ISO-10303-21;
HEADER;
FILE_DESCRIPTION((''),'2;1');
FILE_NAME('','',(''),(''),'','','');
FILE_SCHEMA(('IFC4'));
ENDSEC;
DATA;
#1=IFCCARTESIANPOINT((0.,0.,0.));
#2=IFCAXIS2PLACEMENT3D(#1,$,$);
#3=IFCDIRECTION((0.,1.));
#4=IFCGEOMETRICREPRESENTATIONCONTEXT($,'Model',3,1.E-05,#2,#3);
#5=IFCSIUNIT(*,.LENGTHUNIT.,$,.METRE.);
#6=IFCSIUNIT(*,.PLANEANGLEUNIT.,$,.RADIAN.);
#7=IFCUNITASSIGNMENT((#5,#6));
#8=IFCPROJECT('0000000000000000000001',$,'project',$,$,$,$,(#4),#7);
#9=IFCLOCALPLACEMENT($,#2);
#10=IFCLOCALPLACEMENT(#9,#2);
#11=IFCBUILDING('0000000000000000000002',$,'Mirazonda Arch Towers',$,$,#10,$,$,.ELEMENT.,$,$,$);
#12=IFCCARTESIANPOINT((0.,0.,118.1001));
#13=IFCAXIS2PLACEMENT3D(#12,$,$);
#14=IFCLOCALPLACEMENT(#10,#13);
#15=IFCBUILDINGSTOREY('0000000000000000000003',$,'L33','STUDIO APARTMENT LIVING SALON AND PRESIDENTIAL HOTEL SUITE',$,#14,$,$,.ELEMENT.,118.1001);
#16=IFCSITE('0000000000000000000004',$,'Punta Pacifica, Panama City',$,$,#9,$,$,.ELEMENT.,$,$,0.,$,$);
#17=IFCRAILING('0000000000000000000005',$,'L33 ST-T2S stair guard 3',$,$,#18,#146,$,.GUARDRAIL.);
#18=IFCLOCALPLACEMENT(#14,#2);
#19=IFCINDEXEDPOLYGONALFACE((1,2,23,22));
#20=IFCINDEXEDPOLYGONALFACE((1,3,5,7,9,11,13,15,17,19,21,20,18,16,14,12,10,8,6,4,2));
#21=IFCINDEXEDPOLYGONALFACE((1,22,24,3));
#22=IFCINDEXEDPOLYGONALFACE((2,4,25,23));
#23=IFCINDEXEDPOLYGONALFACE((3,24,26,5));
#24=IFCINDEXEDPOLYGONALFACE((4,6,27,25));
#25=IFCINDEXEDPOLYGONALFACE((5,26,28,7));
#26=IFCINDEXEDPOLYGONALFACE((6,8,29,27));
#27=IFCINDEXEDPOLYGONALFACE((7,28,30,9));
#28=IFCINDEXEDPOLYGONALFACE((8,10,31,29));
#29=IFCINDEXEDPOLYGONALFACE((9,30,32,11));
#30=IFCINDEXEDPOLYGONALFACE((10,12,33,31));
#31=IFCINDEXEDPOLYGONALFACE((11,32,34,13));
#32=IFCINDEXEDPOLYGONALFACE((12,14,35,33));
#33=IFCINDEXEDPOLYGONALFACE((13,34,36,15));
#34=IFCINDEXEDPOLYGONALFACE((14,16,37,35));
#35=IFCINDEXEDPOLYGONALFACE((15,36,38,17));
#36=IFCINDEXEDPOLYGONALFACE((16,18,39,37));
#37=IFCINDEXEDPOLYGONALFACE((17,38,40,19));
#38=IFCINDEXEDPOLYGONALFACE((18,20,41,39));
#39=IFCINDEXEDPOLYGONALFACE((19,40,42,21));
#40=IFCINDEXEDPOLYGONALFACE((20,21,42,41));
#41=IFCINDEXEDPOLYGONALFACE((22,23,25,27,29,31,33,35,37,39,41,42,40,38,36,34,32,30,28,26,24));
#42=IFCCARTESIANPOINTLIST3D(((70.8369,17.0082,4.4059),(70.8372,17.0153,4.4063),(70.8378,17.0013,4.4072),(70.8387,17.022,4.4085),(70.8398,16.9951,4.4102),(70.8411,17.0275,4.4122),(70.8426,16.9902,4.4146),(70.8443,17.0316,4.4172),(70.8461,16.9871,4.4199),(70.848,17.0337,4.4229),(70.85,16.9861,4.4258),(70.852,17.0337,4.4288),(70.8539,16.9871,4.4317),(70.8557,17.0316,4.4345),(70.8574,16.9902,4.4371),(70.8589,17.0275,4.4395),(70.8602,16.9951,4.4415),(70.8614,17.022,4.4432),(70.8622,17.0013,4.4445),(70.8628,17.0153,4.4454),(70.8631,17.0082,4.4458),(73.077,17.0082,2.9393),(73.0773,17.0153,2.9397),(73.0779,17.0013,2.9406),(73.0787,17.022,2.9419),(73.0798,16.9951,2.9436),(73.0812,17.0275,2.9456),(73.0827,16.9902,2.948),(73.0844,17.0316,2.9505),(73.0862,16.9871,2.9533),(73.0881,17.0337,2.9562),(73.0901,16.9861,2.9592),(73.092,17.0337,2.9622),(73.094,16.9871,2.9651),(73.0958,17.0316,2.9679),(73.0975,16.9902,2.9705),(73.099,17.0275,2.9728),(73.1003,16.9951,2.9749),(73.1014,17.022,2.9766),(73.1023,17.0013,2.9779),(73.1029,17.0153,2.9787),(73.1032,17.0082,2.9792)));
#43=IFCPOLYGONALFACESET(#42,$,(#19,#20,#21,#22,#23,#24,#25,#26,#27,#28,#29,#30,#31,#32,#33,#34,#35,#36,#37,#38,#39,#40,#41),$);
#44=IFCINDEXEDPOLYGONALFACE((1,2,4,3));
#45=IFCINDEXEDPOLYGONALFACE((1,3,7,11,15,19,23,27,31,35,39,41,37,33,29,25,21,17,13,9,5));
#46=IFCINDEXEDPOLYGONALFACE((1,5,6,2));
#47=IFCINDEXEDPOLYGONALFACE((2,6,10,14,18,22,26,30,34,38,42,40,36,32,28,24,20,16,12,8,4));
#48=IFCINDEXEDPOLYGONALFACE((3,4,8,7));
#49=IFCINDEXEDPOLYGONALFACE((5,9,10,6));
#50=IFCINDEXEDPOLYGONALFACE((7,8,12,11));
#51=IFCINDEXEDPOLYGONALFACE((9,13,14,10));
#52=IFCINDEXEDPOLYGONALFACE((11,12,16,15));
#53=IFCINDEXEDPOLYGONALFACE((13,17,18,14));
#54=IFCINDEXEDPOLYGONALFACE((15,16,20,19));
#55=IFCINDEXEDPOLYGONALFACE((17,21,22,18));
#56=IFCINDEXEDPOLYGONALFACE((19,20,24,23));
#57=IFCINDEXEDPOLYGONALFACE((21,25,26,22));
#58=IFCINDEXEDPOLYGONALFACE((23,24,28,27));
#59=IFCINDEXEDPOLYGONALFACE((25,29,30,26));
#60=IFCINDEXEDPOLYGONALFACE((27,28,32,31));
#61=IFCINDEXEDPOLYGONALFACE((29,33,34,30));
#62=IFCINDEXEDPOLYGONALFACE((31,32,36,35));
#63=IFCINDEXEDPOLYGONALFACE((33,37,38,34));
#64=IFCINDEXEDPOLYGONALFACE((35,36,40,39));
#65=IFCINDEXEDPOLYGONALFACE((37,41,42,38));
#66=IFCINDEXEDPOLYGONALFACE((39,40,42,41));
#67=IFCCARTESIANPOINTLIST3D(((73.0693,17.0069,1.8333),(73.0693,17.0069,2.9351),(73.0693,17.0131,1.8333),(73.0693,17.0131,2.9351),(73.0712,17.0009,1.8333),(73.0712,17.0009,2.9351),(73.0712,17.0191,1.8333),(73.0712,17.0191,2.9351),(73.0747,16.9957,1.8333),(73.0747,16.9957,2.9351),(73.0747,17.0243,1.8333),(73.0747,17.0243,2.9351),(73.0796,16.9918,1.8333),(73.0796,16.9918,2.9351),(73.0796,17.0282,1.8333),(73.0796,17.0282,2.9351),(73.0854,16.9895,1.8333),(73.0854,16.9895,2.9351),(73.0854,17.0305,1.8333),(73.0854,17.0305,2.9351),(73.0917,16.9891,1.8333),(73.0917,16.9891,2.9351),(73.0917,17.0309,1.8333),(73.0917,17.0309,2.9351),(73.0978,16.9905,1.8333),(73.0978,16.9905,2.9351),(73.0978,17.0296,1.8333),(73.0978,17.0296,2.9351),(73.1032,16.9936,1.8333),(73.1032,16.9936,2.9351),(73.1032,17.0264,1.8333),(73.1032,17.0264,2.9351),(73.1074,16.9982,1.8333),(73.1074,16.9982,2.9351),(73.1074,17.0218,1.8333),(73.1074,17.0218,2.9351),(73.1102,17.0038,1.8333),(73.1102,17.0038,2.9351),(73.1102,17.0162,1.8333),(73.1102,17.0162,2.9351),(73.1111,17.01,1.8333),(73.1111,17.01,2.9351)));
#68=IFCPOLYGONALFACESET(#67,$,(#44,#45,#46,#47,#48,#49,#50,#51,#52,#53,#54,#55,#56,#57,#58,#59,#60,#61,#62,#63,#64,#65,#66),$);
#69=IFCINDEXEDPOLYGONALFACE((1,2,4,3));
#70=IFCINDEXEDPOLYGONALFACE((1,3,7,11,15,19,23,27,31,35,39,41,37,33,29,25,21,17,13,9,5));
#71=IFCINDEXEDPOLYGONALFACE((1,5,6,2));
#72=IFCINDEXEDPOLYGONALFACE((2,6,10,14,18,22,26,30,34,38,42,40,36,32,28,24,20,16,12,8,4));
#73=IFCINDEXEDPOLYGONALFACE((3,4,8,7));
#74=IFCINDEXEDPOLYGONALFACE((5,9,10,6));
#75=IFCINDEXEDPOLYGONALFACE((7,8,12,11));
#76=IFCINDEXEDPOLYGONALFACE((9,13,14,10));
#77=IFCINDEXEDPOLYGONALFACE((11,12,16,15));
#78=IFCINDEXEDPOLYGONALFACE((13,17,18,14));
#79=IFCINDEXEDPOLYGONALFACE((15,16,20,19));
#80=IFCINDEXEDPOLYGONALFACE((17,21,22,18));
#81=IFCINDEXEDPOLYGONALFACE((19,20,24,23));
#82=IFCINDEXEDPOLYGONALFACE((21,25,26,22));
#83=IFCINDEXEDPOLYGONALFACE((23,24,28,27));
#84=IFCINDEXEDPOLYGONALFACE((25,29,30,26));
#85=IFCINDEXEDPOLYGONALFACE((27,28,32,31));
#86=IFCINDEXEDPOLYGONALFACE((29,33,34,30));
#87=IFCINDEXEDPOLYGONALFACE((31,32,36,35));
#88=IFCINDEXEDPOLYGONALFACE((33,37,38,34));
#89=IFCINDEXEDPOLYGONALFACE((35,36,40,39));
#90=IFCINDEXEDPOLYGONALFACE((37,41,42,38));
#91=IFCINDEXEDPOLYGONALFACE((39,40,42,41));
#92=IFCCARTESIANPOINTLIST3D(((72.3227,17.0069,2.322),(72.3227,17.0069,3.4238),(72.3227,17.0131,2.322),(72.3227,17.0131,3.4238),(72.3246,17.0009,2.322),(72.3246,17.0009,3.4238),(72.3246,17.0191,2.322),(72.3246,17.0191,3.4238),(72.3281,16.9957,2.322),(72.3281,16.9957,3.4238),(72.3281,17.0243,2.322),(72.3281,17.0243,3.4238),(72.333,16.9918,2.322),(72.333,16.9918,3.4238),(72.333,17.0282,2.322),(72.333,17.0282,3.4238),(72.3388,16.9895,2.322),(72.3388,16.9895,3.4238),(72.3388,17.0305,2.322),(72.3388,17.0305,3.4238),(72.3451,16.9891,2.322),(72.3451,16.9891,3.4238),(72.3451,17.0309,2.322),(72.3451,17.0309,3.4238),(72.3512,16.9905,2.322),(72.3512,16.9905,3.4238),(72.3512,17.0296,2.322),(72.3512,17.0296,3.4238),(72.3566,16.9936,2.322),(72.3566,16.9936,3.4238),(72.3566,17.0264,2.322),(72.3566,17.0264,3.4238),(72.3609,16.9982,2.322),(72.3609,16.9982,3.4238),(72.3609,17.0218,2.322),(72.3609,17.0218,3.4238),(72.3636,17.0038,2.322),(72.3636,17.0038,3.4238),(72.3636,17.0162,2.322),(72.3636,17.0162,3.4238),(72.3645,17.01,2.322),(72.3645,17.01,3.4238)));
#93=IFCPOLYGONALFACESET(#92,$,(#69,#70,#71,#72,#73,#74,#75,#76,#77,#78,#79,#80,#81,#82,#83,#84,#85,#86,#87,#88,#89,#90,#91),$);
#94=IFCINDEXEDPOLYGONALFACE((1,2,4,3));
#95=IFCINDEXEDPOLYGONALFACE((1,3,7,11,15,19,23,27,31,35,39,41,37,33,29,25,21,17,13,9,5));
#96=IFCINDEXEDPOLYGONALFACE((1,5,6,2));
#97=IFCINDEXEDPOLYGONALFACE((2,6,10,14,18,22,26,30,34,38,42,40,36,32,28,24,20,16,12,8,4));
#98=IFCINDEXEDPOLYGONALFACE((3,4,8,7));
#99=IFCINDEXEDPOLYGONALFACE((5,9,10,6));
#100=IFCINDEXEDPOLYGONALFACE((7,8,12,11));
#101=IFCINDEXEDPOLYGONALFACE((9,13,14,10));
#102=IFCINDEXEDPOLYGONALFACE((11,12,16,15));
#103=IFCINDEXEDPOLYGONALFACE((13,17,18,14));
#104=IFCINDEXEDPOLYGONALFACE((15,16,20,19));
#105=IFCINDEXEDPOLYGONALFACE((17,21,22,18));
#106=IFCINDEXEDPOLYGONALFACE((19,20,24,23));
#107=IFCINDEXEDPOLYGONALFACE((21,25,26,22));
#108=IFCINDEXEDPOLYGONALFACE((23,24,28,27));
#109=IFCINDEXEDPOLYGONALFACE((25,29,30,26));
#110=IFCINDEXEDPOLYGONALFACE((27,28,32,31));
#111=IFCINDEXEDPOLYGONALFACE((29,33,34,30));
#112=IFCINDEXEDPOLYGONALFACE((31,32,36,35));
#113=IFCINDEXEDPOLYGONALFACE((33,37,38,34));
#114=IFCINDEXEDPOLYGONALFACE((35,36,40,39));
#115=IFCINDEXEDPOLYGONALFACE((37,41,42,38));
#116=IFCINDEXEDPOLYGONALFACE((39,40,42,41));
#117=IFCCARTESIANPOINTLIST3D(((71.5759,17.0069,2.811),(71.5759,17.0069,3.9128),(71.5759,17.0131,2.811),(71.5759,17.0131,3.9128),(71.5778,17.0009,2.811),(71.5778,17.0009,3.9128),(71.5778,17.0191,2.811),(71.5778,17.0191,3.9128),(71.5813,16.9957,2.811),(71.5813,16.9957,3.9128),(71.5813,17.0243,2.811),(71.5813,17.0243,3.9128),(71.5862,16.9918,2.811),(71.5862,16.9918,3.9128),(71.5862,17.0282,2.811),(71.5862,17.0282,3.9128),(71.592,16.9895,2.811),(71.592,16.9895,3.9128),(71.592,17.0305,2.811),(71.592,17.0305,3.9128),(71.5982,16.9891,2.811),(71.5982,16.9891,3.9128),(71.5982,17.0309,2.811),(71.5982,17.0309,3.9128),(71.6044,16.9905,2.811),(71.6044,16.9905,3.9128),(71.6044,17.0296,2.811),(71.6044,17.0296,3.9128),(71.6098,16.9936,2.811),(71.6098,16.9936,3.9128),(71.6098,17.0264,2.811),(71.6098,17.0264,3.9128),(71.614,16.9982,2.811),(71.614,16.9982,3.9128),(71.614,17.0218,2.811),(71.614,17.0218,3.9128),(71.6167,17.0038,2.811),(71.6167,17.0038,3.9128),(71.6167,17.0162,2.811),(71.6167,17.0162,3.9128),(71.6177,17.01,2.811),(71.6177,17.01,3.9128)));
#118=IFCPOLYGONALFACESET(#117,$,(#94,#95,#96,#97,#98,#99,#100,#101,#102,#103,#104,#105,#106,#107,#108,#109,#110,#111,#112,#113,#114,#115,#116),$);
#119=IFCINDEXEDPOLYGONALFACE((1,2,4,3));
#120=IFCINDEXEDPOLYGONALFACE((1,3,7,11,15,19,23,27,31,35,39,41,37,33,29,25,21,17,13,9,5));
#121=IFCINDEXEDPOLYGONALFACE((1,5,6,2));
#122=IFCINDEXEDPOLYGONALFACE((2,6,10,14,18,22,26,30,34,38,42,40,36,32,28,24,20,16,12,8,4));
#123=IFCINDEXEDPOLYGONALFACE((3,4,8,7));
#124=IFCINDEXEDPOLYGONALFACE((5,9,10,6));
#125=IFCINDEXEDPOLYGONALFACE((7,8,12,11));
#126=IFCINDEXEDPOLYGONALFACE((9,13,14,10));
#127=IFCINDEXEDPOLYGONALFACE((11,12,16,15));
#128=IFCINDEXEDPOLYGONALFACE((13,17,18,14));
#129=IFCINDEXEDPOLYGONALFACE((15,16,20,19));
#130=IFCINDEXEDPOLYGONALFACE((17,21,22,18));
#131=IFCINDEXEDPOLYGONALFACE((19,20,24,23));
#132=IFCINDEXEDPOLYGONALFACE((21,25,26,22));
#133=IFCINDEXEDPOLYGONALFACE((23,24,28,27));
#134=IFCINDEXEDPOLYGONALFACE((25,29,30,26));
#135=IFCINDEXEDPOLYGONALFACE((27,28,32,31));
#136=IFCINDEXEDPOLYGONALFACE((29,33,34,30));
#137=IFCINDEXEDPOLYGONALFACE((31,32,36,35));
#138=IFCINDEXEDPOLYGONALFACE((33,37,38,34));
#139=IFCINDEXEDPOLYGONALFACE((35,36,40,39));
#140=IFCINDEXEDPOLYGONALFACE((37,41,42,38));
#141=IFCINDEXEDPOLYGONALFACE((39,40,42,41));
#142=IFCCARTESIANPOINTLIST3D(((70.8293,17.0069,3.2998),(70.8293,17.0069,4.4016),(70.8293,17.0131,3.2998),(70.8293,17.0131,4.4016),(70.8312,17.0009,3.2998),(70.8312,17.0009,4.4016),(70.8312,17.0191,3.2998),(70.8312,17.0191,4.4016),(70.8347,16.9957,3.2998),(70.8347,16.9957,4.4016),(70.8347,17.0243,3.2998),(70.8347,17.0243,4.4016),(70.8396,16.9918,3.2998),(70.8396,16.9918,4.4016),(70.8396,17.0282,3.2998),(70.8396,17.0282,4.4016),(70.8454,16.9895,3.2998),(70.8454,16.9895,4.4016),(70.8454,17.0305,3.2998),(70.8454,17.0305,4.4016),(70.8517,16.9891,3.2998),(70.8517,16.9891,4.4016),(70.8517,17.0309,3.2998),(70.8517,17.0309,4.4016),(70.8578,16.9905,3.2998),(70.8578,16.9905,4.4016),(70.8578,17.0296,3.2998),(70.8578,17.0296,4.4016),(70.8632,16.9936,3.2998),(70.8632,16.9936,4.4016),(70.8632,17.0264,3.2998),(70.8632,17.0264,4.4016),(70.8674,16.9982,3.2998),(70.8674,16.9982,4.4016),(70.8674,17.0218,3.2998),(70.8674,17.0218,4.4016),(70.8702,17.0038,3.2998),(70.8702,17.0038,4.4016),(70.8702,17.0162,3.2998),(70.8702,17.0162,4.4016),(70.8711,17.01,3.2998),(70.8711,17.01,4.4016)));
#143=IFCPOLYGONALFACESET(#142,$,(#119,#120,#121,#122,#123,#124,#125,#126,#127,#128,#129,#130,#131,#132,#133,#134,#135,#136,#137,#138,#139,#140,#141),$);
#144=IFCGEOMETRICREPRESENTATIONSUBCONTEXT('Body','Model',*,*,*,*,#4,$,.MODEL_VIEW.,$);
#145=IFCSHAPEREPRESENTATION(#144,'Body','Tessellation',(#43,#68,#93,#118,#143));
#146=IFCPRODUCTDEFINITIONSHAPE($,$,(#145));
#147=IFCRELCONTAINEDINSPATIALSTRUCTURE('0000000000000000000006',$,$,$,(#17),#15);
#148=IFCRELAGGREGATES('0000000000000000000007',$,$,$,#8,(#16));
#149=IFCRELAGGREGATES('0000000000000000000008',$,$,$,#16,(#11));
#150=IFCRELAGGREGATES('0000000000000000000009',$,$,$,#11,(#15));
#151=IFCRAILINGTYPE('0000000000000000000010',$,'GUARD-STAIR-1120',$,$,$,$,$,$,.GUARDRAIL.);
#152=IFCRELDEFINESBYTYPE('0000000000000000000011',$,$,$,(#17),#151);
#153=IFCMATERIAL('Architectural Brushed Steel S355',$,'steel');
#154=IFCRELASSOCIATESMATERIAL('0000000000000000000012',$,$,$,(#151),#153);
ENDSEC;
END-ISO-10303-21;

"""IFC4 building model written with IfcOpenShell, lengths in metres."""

from ifc_helpers import new_model, si_unit, direction, frame, origin, origin_2d, place, context, subcontext, project, spatial, circle, extrude, material, type_object, element, save


model = new_model("IFC4")

# Units and contexts
model_context = context("Model", 3, precision=1e-05, world=origin(), true_north=direction((0.0, 1.0)))
body_context = subcontext(model_context, "Body", "Model", "MODEL_VIEW")
ifc_project = project(units=[si_unit("LENGTHUNIT", "METRE"), si_unit("PLANEANGLEUNIT", "RADIAN")], contexts=[model_context])

# Site, building, storey
site_placement = place(None, origin())
site = spatial("IfcSite", under=ifc_project, at=site_placement, Name="Punta Pacifica, Panama City", CompositionType="ELEMENT", RefElevation=0.0)
building_placement = place(site_placement, origin())
building = spatial("IfcBuilding", under=site, at=building_placement, Name="Mirazonda Arch Towers", CompositionType="ELEMENT")
storey_placement = place(building_placement, frame((0.0, 0.0, 118.1001)))
storey = spatial("IfcBuildingStorey", under=building, at=storey_placement, Name="L33", Description="STUDIO APARTMENT LIVING SALON AND PRESIDENTIAL HOTEL SUITE", CompositionType="ELEMENT", Elevation=118.1001)

# Railing
ifc_material_1 = material(Name="Architectural Brushed Steel S355", Category="steel")
railing_type_1 = type_object("IfcRailingType", Name="GUARD-STAIR-1120", PredefinedType="GUARDRAIL", material=ifc_material_1)
railing_1_placement = place(storey_placement, frame((73.0901, 17.01, 1.8333)))
element("IfcRailing", 1, at=railing_1_placement, inside=storey, type_object=railing_type_1, Name="L33 ST-T2S stair guard 3", PredefinedType="GUARDRAIL", context=body_context, shape_type="SweptSolid", body=[
    extrude(circle(Radius=0.0239, at=origin_2d()), frame((0.0, 0.0, 1.126), z_axis=(-0.836637, 0.0, 0.547758), x_axis=(0.0, -1.0, 0.0)), (0.0, 0.0, 1.0), 2.6775),
    extrude(circle(Radius=0.021, at=origin_2d()), origin(), (0.0, 0.0, 1.0), 1.1018),
    extrude(circle(Radius=0.021, at=origin_2d()), frame((-0.7466, 0.0, 0.4888)), (0.0, 0.0, 1.0), 1.1018),
    extrude(circle(Radius=0.021, at=origin_2d()), frame((-1.4934, 0.0, 0.9778)), (0.0, 0.0, 1.0), 1.1018),
    extrude(circle(Radius=0.021, at=origin_2d()), frame((-2.24, 0.0, 1.4666)), (0.0, 0.0, 1.0), 1.1018),
])

save(model, "model.ifc")
